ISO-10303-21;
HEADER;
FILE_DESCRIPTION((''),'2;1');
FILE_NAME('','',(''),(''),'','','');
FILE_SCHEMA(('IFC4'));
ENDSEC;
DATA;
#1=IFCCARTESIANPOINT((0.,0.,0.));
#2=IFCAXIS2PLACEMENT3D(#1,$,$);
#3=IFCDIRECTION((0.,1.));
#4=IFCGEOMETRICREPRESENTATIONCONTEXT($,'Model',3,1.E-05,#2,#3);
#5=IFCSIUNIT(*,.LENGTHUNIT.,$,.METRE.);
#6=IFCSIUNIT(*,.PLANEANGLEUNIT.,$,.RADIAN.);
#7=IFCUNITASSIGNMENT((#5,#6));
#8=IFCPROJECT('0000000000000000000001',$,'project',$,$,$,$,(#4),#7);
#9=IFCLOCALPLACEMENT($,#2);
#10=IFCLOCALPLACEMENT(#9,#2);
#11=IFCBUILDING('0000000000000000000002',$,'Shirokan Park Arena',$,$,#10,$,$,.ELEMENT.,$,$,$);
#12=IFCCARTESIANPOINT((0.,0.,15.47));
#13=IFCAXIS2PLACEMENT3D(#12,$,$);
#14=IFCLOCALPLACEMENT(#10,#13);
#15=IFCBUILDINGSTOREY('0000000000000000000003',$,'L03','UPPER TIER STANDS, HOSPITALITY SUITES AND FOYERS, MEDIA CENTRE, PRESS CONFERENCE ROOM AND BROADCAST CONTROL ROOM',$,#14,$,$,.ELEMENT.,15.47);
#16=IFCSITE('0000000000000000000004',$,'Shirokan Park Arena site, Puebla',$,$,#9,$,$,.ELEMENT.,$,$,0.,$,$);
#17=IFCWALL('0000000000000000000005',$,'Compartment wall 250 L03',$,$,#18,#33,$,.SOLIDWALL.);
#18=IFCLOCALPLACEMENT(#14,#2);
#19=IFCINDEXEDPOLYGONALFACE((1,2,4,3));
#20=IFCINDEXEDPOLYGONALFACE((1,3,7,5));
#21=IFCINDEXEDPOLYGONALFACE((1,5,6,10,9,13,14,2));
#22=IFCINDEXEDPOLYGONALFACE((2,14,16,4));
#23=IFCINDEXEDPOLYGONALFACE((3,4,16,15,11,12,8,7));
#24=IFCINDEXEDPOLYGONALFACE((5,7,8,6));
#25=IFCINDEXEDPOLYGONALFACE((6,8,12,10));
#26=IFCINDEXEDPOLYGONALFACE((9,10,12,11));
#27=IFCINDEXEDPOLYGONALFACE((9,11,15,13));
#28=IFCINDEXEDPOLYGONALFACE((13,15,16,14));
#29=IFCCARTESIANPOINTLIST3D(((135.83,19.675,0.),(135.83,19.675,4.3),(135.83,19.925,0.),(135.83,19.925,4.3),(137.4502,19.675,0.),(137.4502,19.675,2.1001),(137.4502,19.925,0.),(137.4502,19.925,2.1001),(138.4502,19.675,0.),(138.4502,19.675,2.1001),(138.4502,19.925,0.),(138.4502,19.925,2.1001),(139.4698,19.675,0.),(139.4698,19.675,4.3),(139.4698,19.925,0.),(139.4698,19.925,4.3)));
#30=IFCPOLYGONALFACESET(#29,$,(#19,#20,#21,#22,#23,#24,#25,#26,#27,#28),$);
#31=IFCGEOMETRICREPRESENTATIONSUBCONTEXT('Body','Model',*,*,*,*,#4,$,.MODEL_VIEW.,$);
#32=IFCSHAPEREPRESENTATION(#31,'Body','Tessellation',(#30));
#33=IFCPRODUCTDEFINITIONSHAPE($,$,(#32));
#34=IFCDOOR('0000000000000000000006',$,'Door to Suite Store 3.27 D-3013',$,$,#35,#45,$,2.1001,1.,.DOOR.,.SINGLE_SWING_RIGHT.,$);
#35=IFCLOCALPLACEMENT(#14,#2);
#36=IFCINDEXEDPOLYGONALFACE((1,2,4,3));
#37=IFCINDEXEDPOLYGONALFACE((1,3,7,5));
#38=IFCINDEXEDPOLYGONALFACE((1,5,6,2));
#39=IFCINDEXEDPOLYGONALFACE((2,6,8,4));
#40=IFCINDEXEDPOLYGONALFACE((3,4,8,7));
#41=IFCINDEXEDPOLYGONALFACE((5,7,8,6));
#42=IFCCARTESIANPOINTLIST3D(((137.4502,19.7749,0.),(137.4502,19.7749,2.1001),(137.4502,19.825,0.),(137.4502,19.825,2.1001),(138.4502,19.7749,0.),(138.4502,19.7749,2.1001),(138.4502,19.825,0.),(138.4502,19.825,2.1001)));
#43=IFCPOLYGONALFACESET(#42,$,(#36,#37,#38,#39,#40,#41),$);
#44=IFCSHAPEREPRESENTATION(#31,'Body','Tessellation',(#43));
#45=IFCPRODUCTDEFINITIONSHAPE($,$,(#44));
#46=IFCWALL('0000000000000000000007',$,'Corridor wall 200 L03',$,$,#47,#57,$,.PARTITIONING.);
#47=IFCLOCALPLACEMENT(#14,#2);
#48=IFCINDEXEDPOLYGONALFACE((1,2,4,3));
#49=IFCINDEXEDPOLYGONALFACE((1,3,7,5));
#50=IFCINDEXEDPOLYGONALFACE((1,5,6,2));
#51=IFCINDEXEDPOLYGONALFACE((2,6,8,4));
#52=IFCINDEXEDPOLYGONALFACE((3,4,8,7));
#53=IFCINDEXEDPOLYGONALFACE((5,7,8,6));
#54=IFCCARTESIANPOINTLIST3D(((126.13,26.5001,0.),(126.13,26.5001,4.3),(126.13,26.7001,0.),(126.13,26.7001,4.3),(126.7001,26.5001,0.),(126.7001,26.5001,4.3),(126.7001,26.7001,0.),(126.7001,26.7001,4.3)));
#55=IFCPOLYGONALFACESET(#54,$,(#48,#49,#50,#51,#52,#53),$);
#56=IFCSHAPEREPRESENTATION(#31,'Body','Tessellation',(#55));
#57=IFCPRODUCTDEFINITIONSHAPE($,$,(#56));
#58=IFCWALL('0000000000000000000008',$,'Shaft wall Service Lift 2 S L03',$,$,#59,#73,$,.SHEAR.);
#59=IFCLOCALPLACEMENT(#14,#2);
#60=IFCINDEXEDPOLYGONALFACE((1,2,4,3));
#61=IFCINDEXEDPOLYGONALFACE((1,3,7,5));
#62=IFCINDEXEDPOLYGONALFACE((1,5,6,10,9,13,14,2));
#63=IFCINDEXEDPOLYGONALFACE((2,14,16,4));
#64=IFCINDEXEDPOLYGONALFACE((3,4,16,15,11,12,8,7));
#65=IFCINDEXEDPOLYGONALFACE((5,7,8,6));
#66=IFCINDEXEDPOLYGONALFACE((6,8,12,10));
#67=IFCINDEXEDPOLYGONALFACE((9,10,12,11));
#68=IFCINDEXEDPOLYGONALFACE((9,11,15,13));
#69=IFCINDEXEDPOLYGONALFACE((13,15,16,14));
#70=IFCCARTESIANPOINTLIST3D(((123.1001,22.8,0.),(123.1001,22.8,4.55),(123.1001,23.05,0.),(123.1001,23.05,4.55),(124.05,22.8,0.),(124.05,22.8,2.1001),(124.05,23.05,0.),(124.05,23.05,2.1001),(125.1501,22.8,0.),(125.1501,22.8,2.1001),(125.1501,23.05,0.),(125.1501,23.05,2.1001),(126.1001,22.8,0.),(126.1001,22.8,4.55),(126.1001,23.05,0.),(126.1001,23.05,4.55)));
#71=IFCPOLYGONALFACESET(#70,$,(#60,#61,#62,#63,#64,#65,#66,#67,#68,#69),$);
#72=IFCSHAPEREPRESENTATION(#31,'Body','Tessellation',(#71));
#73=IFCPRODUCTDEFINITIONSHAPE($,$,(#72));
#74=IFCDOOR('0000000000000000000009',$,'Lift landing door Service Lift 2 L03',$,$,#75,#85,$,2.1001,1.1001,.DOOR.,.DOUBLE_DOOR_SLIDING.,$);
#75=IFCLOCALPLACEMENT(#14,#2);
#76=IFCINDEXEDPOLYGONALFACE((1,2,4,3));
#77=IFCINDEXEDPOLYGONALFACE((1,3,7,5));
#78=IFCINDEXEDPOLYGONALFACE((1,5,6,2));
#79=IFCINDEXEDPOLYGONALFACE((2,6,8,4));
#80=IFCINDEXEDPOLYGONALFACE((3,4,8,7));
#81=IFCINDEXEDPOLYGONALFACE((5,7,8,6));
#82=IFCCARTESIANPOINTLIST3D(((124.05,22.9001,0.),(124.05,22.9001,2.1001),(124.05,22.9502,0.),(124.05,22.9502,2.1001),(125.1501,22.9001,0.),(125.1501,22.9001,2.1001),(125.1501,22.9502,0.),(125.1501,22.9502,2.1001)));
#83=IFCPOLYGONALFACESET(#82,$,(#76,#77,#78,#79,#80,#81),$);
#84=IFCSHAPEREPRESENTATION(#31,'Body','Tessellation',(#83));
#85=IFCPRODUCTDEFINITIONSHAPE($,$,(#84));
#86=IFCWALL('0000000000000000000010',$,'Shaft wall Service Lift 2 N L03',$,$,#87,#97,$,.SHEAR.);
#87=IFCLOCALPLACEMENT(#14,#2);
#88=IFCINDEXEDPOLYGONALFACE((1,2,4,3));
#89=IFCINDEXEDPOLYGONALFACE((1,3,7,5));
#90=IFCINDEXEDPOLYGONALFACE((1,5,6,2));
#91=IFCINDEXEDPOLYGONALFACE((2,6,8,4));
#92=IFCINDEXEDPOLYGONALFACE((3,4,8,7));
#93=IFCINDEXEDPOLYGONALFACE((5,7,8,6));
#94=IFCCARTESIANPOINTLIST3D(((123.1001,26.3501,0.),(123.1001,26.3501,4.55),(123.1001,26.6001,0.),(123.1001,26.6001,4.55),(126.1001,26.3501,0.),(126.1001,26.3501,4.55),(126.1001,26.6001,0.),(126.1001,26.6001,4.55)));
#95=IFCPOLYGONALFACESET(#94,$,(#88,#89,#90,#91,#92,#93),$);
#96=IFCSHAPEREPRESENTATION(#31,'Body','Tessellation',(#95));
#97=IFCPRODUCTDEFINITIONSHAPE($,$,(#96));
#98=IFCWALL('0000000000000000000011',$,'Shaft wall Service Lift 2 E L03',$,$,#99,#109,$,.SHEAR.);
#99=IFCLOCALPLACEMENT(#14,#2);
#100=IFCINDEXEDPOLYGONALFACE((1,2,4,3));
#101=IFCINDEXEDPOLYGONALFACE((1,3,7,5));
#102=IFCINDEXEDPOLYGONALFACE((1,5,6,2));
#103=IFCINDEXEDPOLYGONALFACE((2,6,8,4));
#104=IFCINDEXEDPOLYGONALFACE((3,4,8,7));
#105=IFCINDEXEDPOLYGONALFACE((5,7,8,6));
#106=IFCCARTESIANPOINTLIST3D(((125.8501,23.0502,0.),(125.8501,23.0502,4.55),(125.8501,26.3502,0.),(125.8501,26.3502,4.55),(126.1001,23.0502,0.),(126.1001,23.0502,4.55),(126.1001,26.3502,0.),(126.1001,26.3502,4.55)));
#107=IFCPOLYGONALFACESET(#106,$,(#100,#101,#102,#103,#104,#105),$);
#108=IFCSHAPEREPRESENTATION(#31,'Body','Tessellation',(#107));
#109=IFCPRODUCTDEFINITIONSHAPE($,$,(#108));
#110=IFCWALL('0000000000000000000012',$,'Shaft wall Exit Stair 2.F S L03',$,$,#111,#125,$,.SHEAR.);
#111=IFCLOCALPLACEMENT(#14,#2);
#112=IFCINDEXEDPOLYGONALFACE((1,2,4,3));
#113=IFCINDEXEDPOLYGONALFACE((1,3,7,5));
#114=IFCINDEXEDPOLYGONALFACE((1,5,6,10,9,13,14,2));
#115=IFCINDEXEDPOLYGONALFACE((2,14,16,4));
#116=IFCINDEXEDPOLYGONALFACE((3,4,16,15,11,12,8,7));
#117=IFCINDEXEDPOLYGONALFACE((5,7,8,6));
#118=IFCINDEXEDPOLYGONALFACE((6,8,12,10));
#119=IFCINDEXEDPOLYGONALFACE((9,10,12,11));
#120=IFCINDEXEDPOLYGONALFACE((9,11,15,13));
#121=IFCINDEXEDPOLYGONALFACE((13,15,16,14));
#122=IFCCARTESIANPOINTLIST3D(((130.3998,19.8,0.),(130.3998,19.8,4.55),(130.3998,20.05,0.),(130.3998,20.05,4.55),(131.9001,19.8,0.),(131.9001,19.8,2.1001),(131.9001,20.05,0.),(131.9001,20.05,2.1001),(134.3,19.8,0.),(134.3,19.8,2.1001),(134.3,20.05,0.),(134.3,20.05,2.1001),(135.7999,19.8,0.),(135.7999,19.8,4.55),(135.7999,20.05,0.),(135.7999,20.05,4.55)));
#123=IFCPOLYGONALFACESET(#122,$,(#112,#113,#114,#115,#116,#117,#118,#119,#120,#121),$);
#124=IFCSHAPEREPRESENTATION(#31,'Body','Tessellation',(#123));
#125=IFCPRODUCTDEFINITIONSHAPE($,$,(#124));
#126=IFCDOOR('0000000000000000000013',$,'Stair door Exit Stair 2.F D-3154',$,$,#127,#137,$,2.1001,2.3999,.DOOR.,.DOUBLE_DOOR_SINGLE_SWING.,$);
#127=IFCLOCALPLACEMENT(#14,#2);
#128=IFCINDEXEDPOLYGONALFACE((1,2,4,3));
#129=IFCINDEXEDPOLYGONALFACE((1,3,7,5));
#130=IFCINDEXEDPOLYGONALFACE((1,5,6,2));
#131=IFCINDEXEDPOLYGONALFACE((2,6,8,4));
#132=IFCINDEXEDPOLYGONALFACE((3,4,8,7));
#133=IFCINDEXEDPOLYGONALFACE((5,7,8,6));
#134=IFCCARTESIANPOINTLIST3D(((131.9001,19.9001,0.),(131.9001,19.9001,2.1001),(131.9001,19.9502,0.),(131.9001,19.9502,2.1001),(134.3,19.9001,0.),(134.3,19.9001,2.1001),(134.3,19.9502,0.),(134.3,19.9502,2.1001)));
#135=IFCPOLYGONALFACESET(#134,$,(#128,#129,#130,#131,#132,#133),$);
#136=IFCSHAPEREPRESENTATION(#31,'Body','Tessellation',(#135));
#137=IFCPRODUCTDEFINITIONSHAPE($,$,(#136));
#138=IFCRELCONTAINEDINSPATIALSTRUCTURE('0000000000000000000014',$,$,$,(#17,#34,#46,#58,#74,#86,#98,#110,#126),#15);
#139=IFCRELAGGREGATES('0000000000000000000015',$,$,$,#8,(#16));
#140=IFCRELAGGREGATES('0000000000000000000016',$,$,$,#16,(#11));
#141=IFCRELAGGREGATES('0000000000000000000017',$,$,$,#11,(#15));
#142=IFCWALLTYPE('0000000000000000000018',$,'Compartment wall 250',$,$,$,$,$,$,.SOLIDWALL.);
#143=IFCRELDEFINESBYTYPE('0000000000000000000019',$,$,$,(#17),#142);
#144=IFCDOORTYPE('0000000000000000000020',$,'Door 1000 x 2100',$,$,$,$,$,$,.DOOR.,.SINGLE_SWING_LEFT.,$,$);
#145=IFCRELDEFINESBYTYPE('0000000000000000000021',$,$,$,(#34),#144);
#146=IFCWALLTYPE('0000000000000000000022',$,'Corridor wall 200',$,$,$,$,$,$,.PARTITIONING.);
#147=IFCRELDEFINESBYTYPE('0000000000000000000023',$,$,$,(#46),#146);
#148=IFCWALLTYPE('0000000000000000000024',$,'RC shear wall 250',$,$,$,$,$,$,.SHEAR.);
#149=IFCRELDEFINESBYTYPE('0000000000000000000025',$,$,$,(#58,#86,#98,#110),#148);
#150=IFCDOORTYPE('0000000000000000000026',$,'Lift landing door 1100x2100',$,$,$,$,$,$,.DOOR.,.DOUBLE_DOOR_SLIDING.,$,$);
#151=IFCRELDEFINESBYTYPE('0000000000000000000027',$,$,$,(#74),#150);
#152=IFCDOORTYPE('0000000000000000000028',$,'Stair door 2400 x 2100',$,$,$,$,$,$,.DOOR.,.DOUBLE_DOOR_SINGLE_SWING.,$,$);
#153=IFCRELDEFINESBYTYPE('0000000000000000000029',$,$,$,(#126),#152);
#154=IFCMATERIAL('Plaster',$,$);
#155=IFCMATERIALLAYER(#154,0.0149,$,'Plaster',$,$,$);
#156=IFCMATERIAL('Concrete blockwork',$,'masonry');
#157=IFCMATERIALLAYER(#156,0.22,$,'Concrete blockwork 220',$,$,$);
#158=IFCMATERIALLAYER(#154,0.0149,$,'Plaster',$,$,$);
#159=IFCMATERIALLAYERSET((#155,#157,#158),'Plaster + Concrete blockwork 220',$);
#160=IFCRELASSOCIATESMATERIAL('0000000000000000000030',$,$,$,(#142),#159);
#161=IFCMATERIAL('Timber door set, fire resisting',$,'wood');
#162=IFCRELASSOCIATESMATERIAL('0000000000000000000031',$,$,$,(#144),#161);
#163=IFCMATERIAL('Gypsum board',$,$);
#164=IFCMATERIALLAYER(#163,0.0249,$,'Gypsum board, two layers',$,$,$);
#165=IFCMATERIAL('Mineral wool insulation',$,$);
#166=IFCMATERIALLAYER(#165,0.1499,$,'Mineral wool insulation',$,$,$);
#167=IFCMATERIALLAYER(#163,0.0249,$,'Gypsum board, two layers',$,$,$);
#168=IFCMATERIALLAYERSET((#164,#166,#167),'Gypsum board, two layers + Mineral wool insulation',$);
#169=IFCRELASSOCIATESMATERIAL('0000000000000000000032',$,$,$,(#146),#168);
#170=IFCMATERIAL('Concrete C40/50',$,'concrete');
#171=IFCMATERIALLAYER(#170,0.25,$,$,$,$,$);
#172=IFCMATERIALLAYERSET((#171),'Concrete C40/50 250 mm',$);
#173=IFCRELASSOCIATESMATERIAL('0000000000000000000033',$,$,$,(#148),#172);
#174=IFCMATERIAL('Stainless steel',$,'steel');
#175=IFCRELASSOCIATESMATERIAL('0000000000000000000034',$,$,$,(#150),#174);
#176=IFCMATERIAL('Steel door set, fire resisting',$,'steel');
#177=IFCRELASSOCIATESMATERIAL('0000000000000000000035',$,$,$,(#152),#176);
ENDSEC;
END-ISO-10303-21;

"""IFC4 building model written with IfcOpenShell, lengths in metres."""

from ifc_helpers import new_model, si_unit, direction, frame, frame_2d, origin, place, context, subcontext, project, spatial, rectangle, extrude, material, layer, layer_set, type_object, element, fill, save


model = new_model("IFC4")

# Units and contexts
model_context = context("Model", 3, precision=1e-05, world=origin(), true_north=direction((0.0, 1.0)))
body_context = subcontext(model_context, "Body", "Model", "MODEL_VIEW")
ifc_project = project(units=[si_unit("LENGTHUNIT", "METRE"), si_unit("PLANEANGLEUNIT", "RADIAN")], contexts=[model_context])

# Site, building, storey
site_placement = place(None, origin())
site = spatial("IfcSite", under=ifc_project, at=site_placement, Name="Shirokan Park Arena site, Puebla", CompositionType="ELEMENT", RefElevation=0.0)
building_placement = place(site_placement, origin())
building = spatial("IfcBuilding", under=site, at=building_placement, Name="Shirokan Park Arena", CompositionType="ELEMENT")
storey_placement = place(building_placement, frame((0.0, 0.0, 15.47)))
storey = spatial("IfcBuildingStorey", under=building, at=storey_placement, Name="L03", Description="UPPER TIER STANDS, HOSPITALITY SUITES AND FOYERS, MEDIA CENTRE, PRESS CONFERENCE ROOM AND BROADCAST CONTROL ROOM", CompositionType="ELEMENT", Elevation=15.47)

# Wall, opening, door
ifc_material_1 = material(Name="Plaster")
ifc_layer_1 = layer(ifc_material_1, 0.0149, Name="Plaster")
ifc_material_2 = material(Name="Concrete blockwork", Category="masonry")
ifc_layer_2 = layer(ifc_material_2, 0.22, Name="Concrete blockwork 220")
ifc_layer_3 = layer(ifc_material_1, 0.0149, Name="Plaster")
ifc_layer_set_1 = layer_set([ifc_layer_1, ifc_layer_2, ifc_layer_3], Name="Plaster + Concrete blockwork 220")
wall_type_1 = type_object("IfcWallType", Name="Compartment wall 250", PredefinedType="SOLIDWALL", material=ifc_layer_set_1)
wall_1_placement = place(storey_placement, frame((135.8301, 19.8, 0.0), z_axis=(0.0, 0.0, 1.0), x_axis=(1.0, 0.0, 0.0)))
wall_1 = element("IfcWall", 1, at=wall_1_placement, inside=storey, type_object=wall_type_1, Name="Compartment wall 250 L03", PredefinedType="SOLIDWALL", context=body_context, shape_type="SweptSolid", body=[
    extrude(rectangle(XDim=3.6399, YDim=0.25, at=frame_2d((1.8198, 0.0))), origin(), (0.0, 0.0, 1.0), 4.3),
])
opening_1_placement = place(wall_1_placement, frame((1.6201, 0.0, 0.0)))
opening_1 = element("IfcOpeningElement", 2, at=opening_1_placement, cuts=wall_1, PredefinedType="OPENING", context=body_context, shape_type="SweptSolid", body=[
    extrude(rectangle(XDim=1.0, YDim=2.1001, at=frame_2d((0.5, 1.05))), frame((0.0, 0.135, 0.0), z_axis=(0.0, -1.0, 0.0), x_axis=(1.0, 0.0, 0.0)), (0.0, 0.0, 1.0), 0.27),
])
ifc_material_3 = material(Name="Timber door set, fire resisting", Category="wood")
door_type_1 = type_object("IfcDoorType", Name="Door 1000 x 2100", OperationType="SINGLE_SWING_LEFT", PredefinedType="DOOR", material=ifc_material_3)
door_1_placement = place(opening_1_placement, origin())
door_1 = element("IfcDoor", 3, at=door_1_placement, inside=storey, type_object=door_type_1, Name="Door to Suite Store 3.27 D-3013", OperationType="SINGLE_SWING_RIGHT", OverallHeight=2.1001, OverallWidth=1.0, PredefinedType="DOOR", context=body_context, shape_type="SweptSolid", body=[
    extrude(rectangle(XDim=1.0, YDim=2.1001, at=frame_2d((0.5, 1.05))), frame((0.0, 0.0249, 0.0), z_axis=(0.0, -1.0, 0.0), x_axis=(1.0, 0.0, 0.0)), (0.0, 0.0, 1.0), 0.05),
])
fill(opening_1, door_1)

# Wall
ifc_material_4 = material(Name="Gypsum board")
ifc_layer_4 = layer(ifc_material_4, 0.0249, Name="Gypsum board, two layers")
ifc_material_5 = material(Name="Mineral wool insulation")
ifc_layer_5 = layer(ifc_material_5, 0.1499, Name="Mineral wool insulation")
ifc_layer_6 = layer(ifc_material_4, 0.0249, Name="Gypsum board, two layers")
ifc_layer_set_2 = layer_set([ifc_layer_4, ifc_layer_5, ifc_layer_6], Name="Gypsum board, two layers + Mineral wool insulation")
wall_type_2 = type_object("IfcWallType", Name="Corridor wall 200", PredefinedType="PARTITIONING", material=ifc_layer_set_2)
wall_2_placement = place(storey_placement, frame((126.1299, 26.6001, 0.0), z_axis=(0.0, 0.0, 1.0), x_axis=(1.0, 0.0, 0.0)))
element("IfcWall", 4, at=wall_2_placement, inside=storey, type_object=wall_type_2, Name="Corridor wall 200 L03", PredefinedType="PARTITIONING", context=body_context, shape_type="SweptSolid", body=[
    extrude(rectangle(XDim=0.5701, YDim=0.2, at=frame_2d((0.2852, 0.0))), origin(), (0.0, 0.0, 1.0), 4.3),
])

# Wall, opening, door
ifc_material_6 = material(Name="Concrete C40/50", Category="concrete")
ifc_layer_7 = layer(ifc_material_6, 0.25)
ifc_layer_set_3 = layer_set([ifc_layer_7], Name="Concrete C40/50 250 mm")
wall_type_3 = type_object("IfcWallType", Name="RC shear wall 250", PredefinedType="SHEAR", material=ifc_layer_set_3)
wall_3_placement = place(storey_placement, frame((126.1001, 22.925, 0.0), z_axis=(0.0, 0.0, 1.0), x_axis=(-1.0, 0.0, 0.0)))
wall_3 = element("IfcWall", 5, at=wall_3_placement, inside=storey, type_object=wall_type_3, Name="Shaft wall Service Lift 2 S L03", PredefinedType="SHEAR", context=body_context, shape_type="SweptSolid", body=[
    extrude(rectangle(XDim=3.0, YDim=0.25, at=frame_2d((1.5, 0.0))), origin(), (0.0, 0.0, 1.0), 4.55),
])
opening_2_placement = place(wall_3_placement, frame((0.95, 0.0, 0.0)))
opening_2 = element("IfcOpeningElement", 6, at=opening_2_placement, cuts=wall_3, PredefinedType="OPENING", context=body_context, shape_type="SweptSolid", body=[
    extrude(rectangle(XDim=1.1001, YDim=2.1001, at=frame_2d((0.55, 1.05))), frame((0.0, 0.135, 0.0), z_axis=(0.0, -1.0, 0.0), x_axis=(1.0, 0.0, 0.0)), (0.0, 0.0, 1.0), 0.27),
])
ifc_material_7 = material(Name="Stainless steel", Category="steel")
door_type_2 = type_object("IfcDoorType", Name="Lift landing door 1100x2100", OperationType="DOUBLE_DOOR_SLIDING", PredefinedType="DOOR", material=ifc_material_7)
door_2_placement = place(opening_2_placement, origin())
door_2 = element("IfcDoor", 7, at=door_2_placement, inside=storey, type_object=door_type_2, Name="Lift landing door Service Lift 2 L03", OperationType="DOUBLE_DOOR_SLIDING", OverallHeight=2.1001, OverallWidth=1.1001, PredefinedType="DOOR", context=body_context, shape_type="SweptSolid", body=[
    extrude(rectangle(XDim=1.1001, YDim=2.1001, at=frame_2d((0.55, 1.05))), frame((0.0, 0.0249, 0.0), z_axis=(0.0, -1.0, 0.0), x_axis=(1.0, 0.0, 0.0)), (0.0, 0.0, 1.0), 0.05),
])
fill(opening_2, door_2)

# Walls
wall_4_placement = place(storey_placement, frame((126.1001, 26.4751, 0.0), z_axis=(0.0, 0.0, 1.0), x_axis=(-1.0, 0.0, 0.0)))
element("IfcWall", 8, at=wall_4_placement, inside=storey, type_object=wall_type_3, Name="Shaft wall Service Lift 2 N L03", PredefinedType="SHEAR", context=body_context, shape_type="SweptSolid", body=[
    extrude(rectangle(XDim=3.0, YDim=0.25, at=frame_2d((1.5, 0.0))), origin(), (0.0, 0.0, 1.0), 4.55),
])
wall_5_placement = place(storey_placement, frame((125.9751, 26.3501, 0.0), z_axis=(0.0, 0.0, 1.0), x_axis=(0.0, -1.0, 0.0)))
element("IfcWall", 9, at=wall_5_placement, inside=storey, type_object=wall_type_3, Name="Shaft wall Service Lift 2 E L03", PredefinedType="SHEAR", context=body_context, shape_type="SweptSolid", body=[
    extrude(rectangle(XDim=3.3, YDim=0.25, at=frame_2d((1.6499, 0.0))), origin(), (0.0, 0.0, 1.0), 4.55),
])

# Wall, opening, door
wall_6_placement = place(storey_placement, frame((135.8, 19.925, 0.0), z_axis=(0.0, 0.0, 1.0), x_axis=(-1.0, 0.0, 0.0)))
wall_6 = element("IfcWall", 10, at=wall_6_placement, inside=storey, type_object=wall_type_3, Name="Shaft wall Exit Stair 2.F S L03", PredefinedType="SHEAR", context=body_context, shape_type="SweptSolid", body=[
    extrude(rectangle(XDim=5.4001, YDim=0.25, at=frame_2d((2.7002, 0.0))), origin(), (0.0, 0.0, 1.0), 4.55),
])
opening_3_placement = place(wall_6_placement, frame((1.5, 0.0, 0.0)))
opening_3 = element("IfcOpeningElement", 11, at=opening_3_placement, cuts=wall_6, PredefinedType="OPENING", context=body_context, shape_type="SweptSolid", body=[
    extrude(rectangle(XDim=2.3999, YDim=2.1001, at=frame_2d((1.2, 1.05))), frame((0.0, 0.135, 0.0), z_axis=(0.0, -1.0, 0.0), x_axis=(1.0, 0.0, 0.0)), (0.0, 0.0, 1.0), 0.27),
])
ifc_material_8 = material(Name="Steel door set, fire resisting", Category="steel")
door_type_3 = type_object("IfcDoorType", Name="Stair door 2400 x 2100", OperationType="DOUBLE_DOOR_SINGLE_SWING", PredefinedType="DOOR", material=ifc_material_8)
door_3_placement = place(opening_3_placement, origin())
door_3 = element("IfcDoor", 12, at=door_3_placement, inside=storey, type_object=door_type_3, Name="Stair door Exit Stair 2.F D-3154", OperationType="DOUBLE_DOOR_SINGLE_SWING", OverallHeight=2.1001, OverallWidth=2.3999, PredefinedType="DOOR", context=body_context, shape_type="SweptSolid", body=[
    extrude(rectangle(XDim=2.3999, YDim=2.1001, at=frame_2d((1.2, 1.05))), frame((0.0, 0.0249, 0.0), z_axis=(0.0, -1.0, 0.0), x_axis=(1.0, 0.0, 0.0)), (0.0, 0.0, 1.0), 0.05),
])
fill(opening_3, door_3)

save(model, "model.ifc")
